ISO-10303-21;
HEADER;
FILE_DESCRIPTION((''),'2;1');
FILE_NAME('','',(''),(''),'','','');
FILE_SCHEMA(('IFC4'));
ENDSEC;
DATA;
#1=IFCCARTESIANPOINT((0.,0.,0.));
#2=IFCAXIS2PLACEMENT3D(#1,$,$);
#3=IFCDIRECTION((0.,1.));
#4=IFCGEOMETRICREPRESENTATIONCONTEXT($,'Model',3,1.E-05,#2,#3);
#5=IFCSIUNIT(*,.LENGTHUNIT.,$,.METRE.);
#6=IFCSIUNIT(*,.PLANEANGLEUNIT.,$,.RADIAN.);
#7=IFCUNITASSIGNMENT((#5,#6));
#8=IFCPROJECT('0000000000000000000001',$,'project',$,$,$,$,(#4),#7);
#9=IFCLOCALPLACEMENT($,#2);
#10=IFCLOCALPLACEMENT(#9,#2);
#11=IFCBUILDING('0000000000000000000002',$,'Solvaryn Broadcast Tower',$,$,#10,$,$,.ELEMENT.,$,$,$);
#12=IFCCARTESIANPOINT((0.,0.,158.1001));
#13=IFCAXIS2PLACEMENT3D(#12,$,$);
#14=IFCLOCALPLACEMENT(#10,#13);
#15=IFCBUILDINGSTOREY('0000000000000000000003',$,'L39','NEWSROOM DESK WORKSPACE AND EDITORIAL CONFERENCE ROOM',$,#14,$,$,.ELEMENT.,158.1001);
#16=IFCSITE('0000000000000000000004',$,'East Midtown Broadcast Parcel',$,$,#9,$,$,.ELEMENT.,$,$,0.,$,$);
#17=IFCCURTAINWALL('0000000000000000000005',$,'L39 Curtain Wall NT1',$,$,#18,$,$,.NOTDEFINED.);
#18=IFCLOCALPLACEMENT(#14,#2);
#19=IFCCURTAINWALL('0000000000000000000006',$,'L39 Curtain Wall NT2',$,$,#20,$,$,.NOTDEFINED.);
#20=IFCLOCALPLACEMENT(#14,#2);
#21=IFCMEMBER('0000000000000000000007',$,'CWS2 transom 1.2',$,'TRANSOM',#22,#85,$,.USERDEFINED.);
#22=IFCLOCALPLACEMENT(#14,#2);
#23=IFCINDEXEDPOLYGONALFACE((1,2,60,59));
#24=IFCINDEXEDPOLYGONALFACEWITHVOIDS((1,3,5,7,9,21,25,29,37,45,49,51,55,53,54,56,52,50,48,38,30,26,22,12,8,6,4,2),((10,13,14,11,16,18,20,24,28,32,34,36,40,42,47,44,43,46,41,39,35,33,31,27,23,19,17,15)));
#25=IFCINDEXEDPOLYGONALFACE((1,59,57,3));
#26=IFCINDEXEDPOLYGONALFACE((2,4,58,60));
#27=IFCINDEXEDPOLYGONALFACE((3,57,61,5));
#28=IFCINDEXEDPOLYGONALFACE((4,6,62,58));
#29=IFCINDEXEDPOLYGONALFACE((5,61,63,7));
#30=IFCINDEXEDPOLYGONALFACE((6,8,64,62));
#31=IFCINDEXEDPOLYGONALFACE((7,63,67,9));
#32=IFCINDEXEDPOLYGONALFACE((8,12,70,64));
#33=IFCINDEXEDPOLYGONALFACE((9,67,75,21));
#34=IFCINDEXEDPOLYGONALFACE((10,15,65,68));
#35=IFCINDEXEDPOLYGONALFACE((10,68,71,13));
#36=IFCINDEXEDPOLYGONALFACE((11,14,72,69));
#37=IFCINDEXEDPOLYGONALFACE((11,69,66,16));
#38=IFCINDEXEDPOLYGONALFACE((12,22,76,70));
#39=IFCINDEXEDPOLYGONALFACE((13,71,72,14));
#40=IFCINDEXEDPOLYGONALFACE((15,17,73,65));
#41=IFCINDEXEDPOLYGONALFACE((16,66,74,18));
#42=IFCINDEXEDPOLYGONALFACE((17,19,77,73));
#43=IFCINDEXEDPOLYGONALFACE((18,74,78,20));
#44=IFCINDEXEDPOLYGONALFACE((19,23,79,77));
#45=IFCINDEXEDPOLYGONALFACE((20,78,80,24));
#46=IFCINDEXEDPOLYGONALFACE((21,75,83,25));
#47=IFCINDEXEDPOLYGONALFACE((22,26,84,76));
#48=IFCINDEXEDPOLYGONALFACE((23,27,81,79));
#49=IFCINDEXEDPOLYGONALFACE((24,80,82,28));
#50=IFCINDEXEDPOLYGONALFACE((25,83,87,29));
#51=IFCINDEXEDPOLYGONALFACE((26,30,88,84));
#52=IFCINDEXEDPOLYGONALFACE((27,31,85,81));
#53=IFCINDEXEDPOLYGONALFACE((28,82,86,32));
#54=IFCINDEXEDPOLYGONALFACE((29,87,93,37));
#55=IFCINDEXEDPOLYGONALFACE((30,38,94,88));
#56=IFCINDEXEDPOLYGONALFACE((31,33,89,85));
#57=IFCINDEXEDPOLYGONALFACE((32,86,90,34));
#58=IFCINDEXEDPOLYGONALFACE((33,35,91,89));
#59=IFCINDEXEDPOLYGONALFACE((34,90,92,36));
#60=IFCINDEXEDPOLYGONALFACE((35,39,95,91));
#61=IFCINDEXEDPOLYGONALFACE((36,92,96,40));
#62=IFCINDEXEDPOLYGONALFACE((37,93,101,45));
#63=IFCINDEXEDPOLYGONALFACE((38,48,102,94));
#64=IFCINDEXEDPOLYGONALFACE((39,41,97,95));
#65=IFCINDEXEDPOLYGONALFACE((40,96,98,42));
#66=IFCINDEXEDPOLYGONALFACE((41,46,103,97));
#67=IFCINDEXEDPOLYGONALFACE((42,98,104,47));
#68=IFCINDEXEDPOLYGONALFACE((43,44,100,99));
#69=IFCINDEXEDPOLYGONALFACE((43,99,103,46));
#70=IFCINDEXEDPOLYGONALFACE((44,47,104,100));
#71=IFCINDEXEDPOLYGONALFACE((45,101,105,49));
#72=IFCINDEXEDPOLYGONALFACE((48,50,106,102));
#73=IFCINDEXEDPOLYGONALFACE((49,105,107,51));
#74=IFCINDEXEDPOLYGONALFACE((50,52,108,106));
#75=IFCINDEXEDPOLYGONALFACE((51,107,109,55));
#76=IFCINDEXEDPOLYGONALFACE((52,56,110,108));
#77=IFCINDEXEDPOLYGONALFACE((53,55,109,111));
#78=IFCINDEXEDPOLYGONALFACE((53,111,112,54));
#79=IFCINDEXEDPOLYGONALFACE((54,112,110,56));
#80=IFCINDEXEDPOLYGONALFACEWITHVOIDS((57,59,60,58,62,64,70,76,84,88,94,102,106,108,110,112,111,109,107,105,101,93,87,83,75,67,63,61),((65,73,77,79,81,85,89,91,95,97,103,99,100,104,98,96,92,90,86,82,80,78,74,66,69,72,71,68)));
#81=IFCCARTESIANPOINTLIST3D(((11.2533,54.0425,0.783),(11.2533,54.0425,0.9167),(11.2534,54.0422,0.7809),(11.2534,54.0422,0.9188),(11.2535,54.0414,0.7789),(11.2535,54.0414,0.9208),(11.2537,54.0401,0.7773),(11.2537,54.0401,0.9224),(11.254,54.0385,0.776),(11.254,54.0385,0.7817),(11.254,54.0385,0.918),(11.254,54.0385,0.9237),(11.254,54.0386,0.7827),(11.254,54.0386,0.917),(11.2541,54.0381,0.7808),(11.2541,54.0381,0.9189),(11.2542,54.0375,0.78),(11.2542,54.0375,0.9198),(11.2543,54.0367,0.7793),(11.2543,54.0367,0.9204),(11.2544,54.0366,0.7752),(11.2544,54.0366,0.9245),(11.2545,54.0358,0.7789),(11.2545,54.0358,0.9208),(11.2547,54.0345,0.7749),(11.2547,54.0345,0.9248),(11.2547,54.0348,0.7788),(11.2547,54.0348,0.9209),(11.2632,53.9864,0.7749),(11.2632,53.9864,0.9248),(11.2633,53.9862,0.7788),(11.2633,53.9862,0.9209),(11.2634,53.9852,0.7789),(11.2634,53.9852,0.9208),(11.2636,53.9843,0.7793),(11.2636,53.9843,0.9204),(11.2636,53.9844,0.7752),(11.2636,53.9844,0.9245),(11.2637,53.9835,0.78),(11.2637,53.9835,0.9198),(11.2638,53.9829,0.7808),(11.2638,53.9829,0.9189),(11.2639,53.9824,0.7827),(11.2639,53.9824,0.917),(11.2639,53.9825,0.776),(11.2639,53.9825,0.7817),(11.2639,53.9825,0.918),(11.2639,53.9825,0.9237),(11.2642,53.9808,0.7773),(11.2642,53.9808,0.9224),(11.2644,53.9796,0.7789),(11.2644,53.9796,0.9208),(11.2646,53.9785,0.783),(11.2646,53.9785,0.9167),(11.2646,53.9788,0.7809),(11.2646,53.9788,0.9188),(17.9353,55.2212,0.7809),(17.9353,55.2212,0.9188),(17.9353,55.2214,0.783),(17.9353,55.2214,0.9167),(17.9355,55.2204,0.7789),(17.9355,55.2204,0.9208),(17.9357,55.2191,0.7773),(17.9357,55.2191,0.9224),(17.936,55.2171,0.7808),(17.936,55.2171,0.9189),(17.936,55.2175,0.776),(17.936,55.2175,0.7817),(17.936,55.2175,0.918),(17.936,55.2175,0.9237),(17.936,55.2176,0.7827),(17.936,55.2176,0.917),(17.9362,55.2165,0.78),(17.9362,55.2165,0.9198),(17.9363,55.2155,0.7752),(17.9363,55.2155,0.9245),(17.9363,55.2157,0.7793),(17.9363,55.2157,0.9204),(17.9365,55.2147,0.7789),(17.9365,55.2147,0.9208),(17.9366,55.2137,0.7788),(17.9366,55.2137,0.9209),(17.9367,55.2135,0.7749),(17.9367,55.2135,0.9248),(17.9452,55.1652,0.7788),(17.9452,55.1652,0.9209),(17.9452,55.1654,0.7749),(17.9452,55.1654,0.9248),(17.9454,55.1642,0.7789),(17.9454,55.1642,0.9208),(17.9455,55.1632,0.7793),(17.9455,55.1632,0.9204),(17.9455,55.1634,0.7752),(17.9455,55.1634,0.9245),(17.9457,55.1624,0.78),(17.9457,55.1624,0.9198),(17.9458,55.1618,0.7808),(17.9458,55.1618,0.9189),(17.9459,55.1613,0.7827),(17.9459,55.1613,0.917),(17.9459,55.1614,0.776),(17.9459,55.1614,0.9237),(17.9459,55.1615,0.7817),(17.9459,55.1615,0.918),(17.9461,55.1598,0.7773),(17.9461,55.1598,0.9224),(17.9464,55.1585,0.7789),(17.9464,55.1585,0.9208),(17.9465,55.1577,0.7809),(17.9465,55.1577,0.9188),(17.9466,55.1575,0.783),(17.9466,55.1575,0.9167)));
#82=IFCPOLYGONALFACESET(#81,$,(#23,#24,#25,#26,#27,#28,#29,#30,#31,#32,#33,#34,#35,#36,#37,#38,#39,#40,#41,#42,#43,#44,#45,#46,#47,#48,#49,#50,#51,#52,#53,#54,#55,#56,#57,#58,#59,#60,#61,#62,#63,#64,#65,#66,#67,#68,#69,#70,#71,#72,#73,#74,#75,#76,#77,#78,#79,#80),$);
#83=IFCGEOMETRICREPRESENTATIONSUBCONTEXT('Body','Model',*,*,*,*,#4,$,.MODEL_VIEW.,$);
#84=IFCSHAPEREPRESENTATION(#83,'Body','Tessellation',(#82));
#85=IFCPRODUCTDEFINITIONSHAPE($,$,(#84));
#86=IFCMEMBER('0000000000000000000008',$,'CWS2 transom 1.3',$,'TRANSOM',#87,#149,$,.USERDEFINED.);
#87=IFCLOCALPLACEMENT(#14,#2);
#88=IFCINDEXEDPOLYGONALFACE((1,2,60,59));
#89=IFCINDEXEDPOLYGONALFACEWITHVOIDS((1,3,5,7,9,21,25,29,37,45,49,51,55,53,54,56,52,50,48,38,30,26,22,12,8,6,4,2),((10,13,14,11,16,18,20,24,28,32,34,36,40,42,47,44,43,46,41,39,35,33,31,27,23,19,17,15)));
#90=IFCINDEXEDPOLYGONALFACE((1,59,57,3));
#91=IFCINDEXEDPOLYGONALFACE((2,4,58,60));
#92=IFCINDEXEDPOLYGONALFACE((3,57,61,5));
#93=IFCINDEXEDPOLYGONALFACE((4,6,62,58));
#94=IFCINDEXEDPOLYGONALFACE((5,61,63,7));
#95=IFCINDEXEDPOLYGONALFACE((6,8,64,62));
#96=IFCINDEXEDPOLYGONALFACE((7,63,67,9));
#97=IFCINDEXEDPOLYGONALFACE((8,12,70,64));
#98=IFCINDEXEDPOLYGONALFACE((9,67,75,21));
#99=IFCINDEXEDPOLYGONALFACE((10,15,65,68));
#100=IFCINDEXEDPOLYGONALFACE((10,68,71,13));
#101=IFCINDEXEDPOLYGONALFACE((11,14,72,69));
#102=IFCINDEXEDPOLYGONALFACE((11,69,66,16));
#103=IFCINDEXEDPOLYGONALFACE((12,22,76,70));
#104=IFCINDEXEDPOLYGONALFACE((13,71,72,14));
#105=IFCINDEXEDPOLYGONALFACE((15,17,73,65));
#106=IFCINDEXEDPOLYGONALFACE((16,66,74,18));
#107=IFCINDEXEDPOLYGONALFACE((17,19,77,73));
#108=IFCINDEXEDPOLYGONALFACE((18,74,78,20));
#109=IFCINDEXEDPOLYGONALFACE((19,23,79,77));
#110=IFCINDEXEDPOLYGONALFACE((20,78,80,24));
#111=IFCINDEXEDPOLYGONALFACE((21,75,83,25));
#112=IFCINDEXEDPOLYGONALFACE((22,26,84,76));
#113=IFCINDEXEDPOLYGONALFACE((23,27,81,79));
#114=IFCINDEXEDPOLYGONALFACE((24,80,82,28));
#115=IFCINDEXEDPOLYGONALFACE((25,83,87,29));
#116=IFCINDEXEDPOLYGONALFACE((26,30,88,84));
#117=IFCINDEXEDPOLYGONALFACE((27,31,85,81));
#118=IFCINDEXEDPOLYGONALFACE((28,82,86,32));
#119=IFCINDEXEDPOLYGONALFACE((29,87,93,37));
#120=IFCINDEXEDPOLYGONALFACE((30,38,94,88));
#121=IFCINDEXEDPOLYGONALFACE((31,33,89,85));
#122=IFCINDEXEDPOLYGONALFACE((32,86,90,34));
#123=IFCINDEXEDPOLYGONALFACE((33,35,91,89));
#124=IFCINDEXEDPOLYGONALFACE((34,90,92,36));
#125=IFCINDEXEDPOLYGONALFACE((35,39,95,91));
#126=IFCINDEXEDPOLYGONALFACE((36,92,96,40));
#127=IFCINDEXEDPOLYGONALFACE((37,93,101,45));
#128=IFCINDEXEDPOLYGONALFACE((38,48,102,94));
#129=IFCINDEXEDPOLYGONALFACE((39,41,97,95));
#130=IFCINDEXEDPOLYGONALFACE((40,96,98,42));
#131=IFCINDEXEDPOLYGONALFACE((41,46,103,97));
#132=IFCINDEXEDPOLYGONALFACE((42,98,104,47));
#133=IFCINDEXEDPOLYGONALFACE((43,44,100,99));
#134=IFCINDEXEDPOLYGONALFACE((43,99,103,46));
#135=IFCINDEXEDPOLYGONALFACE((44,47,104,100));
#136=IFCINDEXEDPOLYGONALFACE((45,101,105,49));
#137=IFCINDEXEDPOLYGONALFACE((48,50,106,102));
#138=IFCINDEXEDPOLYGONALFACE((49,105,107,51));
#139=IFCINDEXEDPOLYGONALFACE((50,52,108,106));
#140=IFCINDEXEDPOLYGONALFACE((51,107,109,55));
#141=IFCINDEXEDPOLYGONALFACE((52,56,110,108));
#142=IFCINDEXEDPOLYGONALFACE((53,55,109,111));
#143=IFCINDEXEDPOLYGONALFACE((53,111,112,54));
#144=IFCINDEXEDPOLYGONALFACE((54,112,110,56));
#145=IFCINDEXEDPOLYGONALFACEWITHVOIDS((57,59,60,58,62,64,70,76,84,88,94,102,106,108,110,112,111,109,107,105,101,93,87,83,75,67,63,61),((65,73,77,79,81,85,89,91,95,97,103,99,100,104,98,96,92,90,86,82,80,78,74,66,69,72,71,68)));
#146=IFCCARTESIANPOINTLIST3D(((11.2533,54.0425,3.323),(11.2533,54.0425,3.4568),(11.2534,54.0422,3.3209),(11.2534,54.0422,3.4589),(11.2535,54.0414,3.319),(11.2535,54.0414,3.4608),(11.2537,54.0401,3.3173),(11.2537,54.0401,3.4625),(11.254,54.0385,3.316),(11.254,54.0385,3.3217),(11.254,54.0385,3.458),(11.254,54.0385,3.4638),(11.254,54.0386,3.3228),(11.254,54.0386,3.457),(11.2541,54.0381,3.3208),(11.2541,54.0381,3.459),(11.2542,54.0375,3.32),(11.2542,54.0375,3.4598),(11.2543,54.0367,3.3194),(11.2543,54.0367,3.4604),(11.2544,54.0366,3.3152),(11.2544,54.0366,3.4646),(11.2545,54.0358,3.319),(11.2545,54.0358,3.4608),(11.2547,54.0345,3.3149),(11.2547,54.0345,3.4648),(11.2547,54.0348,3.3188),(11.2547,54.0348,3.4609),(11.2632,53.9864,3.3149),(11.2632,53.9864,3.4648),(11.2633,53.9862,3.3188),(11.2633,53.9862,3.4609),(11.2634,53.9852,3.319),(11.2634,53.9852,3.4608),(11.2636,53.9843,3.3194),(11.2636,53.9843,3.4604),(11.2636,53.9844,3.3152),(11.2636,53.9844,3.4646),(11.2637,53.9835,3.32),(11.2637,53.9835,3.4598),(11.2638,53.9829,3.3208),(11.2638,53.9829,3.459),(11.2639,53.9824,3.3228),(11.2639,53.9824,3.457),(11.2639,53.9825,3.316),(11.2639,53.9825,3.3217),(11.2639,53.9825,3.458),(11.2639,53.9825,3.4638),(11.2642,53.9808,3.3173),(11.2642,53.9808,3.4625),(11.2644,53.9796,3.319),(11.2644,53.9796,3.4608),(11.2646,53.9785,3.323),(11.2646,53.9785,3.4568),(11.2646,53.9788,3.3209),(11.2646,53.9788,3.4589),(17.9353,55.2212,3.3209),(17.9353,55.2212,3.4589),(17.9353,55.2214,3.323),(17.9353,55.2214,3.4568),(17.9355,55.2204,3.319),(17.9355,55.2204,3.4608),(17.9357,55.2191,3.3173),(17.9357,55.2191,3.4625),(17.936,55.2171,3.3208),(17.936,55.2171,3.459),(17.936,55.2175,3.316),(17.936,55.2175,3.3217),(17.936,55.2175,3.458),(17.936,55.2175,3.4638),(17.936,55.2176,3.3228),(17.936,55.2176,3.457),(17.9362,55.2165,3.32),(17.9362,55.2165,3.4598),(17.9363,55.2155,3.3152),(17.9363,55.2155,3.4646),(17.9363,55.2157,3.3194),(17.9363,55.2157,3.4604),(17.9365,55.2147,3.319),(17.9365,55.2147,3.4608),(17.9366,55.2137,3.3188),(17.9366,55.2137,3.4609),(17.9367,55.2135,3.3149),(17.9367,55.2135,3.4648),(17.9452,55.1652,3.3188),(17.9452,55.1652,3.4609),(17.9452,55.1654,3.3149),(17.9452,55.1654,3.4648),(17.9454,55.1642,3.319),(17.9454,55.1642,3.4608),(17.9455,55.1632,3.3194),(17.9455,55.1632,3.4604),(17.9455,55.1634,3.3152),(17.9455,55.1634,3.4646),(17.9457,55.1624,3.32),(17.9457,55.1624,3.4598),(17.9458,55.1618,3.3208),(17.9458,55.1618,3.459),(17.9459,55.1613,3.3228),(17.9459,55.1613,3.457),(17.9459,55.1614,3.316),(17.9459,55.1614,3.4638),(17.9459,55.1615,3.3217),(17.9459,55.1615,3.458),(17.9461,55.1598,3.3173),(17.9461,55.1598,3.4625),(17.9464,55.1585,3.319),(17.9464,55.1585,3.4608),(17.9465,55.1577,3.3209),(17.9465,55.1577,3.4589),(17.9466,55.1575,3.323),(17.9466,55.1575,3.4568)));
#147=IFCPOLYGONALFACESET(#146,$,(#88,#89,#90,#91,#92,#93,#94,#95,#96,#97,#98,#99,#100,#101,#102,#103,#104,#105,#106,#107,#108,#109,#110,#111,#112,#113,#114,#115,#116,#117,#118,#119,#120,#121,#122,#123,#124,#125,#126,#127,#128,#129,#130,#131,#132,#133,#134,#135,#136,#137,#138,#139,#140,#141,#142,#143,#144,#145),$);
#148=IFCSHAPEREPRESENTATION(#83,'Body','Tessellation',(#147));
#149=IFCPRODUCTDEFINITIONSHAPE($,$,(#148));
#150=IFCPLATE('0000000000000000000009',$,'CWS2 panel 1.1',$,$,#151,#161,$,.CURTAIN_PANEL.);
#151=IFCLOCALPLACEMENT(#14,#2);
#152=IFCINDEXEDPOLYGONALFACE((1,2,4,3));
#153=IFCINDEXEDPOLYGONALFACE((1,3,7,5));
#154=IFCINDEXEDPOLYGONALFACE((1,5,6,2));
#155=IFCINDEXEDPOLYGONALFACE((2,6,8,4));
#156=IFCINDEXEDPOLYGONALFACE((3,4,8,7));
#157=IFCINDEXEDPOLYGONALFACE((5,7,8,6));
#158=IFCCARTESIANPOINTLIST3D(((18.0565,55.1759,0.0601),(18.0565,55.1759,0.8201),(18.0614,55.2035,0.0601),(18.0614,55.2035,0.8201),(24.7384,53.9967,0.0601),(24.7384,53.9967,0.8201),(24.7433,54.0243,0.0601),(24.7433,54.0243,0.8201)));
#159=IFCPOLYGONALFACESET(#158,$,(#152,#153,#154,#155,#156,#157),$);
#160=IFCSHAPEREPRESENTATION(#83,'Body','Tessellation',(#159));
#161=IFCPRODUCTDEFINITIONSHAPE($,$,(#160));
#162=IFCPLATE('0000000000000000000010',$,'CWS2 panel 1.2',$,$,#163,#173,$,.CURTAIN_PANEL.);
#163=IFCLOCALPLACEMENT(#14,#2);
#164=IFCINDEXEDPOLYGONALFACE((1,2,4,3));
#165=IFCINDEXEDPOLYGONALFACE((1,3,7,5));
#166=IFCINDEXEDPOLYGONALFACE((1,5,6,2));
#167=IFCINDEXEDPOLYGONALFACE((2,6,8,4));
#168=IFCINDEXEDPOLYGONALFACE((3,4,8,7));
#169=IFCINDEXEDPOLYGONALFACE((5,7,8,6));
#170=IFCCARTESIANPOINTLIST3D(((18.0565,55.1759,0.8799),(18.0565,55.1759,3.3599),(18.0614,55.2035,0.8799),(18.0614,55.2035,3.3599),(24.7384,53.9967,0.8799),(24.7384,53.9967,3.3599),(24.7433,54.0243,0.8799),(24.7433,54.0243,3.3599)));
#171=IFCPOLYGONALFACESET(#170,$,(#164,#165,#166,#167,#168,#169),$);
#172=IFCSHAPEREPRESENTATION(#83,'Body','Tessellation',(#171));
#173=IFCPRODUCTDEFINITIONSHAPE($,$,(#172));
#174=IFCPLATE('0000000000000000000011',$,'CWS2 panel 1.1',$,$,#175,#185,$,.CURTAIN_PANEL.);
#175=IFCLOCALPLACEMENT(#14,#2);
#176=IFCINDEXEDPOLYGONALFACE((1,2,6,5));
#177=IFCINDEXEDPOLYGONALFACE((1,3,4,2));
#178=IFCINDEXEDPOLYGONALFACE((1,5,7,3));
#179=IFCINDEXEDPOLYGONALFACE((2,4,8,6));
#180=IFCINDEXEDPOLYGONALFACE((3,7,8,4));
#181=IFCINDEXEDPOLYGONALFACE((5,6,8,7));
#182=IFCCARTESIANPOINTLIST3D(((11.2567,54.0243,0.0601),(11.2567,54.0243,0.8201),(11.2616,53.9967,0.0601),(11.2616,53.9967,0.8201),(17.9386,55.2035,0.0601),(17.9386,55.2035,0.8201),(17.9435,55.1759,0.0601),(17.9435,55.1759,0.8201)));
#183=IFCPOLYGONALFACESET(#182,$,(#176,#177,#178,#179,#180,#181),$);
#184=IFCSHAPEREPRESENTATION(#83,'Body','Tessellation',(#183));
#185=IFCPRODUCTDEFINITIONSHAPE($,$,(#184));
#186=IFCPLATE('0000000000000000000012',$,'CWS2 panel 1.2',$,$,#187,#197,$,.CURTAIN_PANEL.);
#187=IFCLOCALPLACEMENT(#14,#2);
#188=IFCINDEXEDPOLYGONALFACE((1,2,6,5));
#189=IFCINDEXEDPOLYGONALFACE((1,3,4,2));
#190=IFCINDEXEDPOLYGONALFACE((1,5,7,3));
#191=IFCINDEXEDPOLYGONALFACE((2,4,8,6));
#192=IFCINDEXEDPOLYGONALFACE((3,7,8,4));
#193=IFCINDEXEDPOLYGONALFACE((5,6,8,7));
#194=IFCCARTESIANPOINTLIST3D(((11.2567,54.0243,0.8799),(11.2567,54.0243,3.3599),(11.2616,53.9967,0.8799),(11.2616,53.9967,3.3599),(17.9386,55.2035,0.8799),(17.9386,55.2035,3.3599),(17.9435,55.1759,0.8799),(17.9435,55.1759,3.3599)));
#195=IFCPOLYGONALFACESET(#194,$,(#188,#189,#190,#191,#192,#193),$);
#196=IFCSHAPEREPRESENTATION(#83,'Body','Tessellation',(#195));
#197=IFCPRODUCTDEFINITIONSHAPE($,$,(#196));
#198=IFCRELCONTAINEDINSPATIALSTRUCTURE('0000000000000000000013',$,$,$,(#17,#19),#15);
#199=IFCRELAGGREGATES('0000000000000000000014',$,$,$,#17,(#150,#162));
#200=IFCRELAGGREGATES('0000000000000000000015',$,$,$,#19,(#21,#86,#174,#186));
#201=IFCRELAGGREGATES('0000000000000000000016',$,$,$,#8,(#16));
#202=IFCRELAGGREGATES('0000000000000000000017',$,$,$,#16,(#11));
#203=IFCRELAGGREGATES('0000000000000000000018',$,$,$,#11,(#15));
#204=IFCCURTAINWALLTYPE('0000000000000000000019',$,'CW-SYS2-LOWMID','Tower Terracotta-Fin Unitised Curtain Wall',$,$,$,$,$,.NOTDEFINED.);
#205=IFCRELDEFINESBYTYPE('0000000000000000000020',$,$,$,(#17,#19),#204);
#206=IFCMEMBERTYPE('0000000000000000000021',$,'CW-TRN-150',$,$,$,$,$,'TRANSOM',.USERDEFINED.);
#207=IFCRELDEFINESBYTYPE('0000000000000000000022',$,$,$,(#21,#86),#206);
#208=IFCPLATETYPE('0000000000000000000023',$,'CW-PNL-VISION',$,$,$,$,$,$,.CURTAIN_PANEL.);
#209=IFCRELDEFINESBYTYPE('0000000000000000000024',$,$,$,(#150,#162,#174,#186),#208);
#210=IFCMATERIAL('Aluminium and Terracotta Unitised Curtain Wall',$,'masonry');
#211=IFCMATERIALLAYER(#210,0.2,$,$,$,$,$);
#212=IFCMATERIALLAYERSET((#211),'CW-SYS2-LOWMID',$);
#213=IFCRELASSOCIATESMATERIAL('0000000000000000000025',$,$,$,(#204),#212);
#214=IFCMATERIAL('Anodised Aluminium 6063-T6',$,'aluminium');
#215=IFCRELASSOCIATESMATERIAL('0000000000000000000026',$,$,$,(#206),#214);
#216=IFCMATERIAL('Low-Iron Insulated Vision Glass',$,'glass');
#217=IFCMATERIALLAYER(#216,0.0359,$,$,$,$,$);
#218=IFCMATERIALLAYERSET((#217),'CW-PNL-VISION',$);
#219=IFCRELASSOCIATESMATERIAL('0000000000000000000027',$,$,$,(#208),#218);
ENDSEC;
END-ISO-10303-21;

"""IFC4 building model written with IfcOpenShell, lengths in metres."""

from ifc_helpers import new_model, si_unit, direction, frame, origin, origin_2d, place, context, subcontext, project, spatial, rectangle, hollow_rectangle, extrude, material, layer, layer_set, material_profile, profile_set, type_object, element, aggregate, save


model = new_model("IFC4")

# Units and contexts
model_context = context("Model", 3, precision=1e-05, world=origin(), true_north=direction((0.0, 1.0)))
body_context = subcontext(model_context, "Body", "Model", "MODEL_VIEW")
ifc_project = project(units=[si_unit("LENGTHUNIT", "METRE"), si_unit("PLANEANGLEUNIT", "RADIAN")], contexts=[model_context])

# Site, building, storey
site_placement = place(None, origin())
site = spatial("IfcSite", under=ifc_project, at=site_placement, Name="East Midtown Broadcast Parcel", CompositionType="ELEMENT", RefElevation=0.0)
building_placement = place(site_placement, origin())
building = spatial("IfcBuilding", under=site, at=building_placement, Name="Solvaryn Broadcast Tower", CompositionType="ELEMENT")
storey_placement = place(building_placement, frame((0.0, 0.0, 158.1001)))
storey = spatial("IfcBuildingStorey", under=building, at=storey_placement, Name="L39", Description="NEWSROOM DESK WORKSPACE AND EDITORIAL CONFERENCE ROOM", CompositionType="ELEMENT", Elevation=158.1001)

# Curtain wall
ifc_material_1 = material(Name="Aluminium and Terracotta Unitised Curtain Wall", Category="masonry")
ifc_layer_1 = layer(ifc_material_1, 0.2)
ifc_layer_set_1 = layer_set([ifc_layer_1], Name="CW-SYS2-LOWMID")
curtain_wall_type = type_object("IfcCurtainWallType", Name="CW-SYS2-LOWMID", Description="Tower Terracotta-Fin Unitised Curtain Wall", PredefinedType="NOTDEFINED", material=ifc_layer_set_1)
curtain_wall_1_placement = place(storey_placement, origin())
curtain_wall_1 = element("IfcCurtainWall", 1, at=curtain_wall_1_placement, inside=storey, type_object=curtain_wall_type, Name="L39 Curtain Wall NT1", PredefinedType="NOTDEFINED")

# Curtain wall, members
curtain_wall_2_placement = place(storey_placement, origin())
curtain_wall_2 = element("IfcCurtainWall", 2, at=curtain_wall_2_placement, inside=storey, type_object=curtain_wall_type, Name="L39 Curtain Wall NT2", PredefinedType="NOTDEFINED")
ifc_material_2 = material(Name="Anodised Aluminium 6063-T6", Category="aluminium")
ifc_material_profile_1 = material_profile(ifc_material_2, hollow_rectangle(XDim=0.0649, YDim=0.1499, WallThickness=0.0039, InnerFilletRadius=0.0039, OuterFilletRadius=0.0081, at=origin_2d()))
ifc_profile_set_1 = profile_set([ifc_material_profile_1], Name="Anodised Aluminium 6063-T6")
member_type_1 = type_object("IfcMemberType", Name="CW-TRN-150", ElementType="TRANSOM", PredefinedType="USERDEFINED", material=ifc_profile_set_1)
member_1_placement = place(storey_placement, frame((17.9409, 55.1895, 0.8499), z_axis=(-0.984789, -0.173757, 0.0), x_axis=(0.173757, -0.984789, 0.0)))
member_1 = element("IfcMember", 3, at=member_1_placement, type_object=member_type_1, Name="CWS2 transom 1.2", ObjectType="TRANSOM", PredefinedType="USERDEFINED", context=body_context, shape_type="SweptSolid", body=[
    extrude(hollow_rectangle(XDim=0.0649, YDim=0.1499, WallThickness=0.0039, InnerFilletRadius=0.0039, OuterFilletRadius=0.0081, at=origin_2d()), origin(), (0.0, 0.0, 1.0), 6.7852),
])
member_2_placement = place(storey_placement, frame((17.9409, 55.1895, 3.3899), z_axis=(-0.984789, -0.173757, 0.0), x_axis=(0.173757, -0.984789, 0.0)))
member_2 = element("IfcMember", 4, at=member_2_placement, type_object=member_type_1, Name="CWS2 transom 1.3", ObjectType="TRANSOM", PredefinedType="USERDEFINED", context=body_context, shape_type="SweptSolid", body=[
    extrude(hollow_rectangle(XDim=0.0649, YDim=0.1499, WallThickness=0.0039, InnerFilletRadius=0.0039, OuterFilletRadius=0.0081, at=origin_2d()), origin(), (0.0, 0.0, 1.0), 6.7852),
])

# Plates
ifc_material_3 = material(Name="Low-Iron Insulated Vision Glass", Category="glass")
ifc_layer_2 = layer(ifc_material_3, 0.0359)
ifc_layer_set_2 = layer_set([ifc_layer_2], Name="CW-PNL-VISION")
plate_type = type_object("IfcPlateType", Name="CW-PNL-VISION", PredefinedType="CURTAIN_PANEL", material=ifc_layer_set_2)
plate_1_placement = place(storey_placement, frame((21.3999, 54.6001, 0.0601), z_axis=(0.0, 0.0, 1.0), x_axis=(-0.984784, 0.173785, 0.0)))
plate_1 = element("IfcPlate", 5, at=plate_1_placement, type_object=plate_type, Name="CWS2 panel 1.1", PredefinedType="CURTAIN_PANEL", context=body_context, shape_type="SweptSolid", body=[
    extrude(rectangle(XDim=6.7852, YDim=0.0281, at=origin_2d()), origin(), (0.0, 0.0, 1.0), 0.76),
])
plate_2_placement = place(storey_placement, frame((21.3999, 54.6001, 0.8799), z_axis=(0.0, 0.0, 1.0), x_axis=(-0.984784, 0.173785, 0.0)))
plate_2 = element("IfcPlate", 6, at=plate_2_placement, type_object=plate_type, Name="CWS2 panel 1.2", PredefinedType="CURTAIN_PANEL", context=body_context, shape_type="SweptSolid", body=[
    extrude(rectangle(XDim=6.7852, YDim=0.0281, at=origin_2d()), origin(), (0.0, 0.0, 1.0), 2.48),
])
aggregate(curtain_wall_1, [plate_1, plate_2])
plate_3_placement = place(storey_placement, frame((14.6001, 54.6001, 0.0601), z_axis=(0.0, 0.0, 1.0), x_axis=(-0.984784, -0.173785, 0.0)))
plate_3 = element("IfcPlate", 7, at=plate_3_placement, type_object=plate_type, Name="CWS2 panel 1.1", PredefinedType="CURTAIN_PANEL", context=body_context, shape_type="SweptSolid", body=[
    extrude(rectangle(XDim=6.7852, YDim=0.0281, at=origin_2d()), origin(), (0.0, 0.0, 1.0), 0.76),
])
plate_4_placement = place(storey_placement, frame((14.6001, 54.6001, 0.8799), z_axis=(0.0, 0.0, 1.0), x_axis=(-0.984784, -0.173785, 0.0)))
plate_4 = element("IfcPlate", 8, at=plate_4_placement, type_object=plate_type, Name="CWS2 panel 1.2", PredefinedType="CURTAIN_PANEL", context=body_context, shape_type="SweptSolid", body=[
    extrude(rectangle(XDim=6.7852, YDim=0.0281, at=origin_2d()), origin(), (0.0, 0.0, 1.0), 2.48),
])
aggregate(curtain_wall_2, [member_1, member_2, plate_3, plate_4])

save(model, "model.ifc")
